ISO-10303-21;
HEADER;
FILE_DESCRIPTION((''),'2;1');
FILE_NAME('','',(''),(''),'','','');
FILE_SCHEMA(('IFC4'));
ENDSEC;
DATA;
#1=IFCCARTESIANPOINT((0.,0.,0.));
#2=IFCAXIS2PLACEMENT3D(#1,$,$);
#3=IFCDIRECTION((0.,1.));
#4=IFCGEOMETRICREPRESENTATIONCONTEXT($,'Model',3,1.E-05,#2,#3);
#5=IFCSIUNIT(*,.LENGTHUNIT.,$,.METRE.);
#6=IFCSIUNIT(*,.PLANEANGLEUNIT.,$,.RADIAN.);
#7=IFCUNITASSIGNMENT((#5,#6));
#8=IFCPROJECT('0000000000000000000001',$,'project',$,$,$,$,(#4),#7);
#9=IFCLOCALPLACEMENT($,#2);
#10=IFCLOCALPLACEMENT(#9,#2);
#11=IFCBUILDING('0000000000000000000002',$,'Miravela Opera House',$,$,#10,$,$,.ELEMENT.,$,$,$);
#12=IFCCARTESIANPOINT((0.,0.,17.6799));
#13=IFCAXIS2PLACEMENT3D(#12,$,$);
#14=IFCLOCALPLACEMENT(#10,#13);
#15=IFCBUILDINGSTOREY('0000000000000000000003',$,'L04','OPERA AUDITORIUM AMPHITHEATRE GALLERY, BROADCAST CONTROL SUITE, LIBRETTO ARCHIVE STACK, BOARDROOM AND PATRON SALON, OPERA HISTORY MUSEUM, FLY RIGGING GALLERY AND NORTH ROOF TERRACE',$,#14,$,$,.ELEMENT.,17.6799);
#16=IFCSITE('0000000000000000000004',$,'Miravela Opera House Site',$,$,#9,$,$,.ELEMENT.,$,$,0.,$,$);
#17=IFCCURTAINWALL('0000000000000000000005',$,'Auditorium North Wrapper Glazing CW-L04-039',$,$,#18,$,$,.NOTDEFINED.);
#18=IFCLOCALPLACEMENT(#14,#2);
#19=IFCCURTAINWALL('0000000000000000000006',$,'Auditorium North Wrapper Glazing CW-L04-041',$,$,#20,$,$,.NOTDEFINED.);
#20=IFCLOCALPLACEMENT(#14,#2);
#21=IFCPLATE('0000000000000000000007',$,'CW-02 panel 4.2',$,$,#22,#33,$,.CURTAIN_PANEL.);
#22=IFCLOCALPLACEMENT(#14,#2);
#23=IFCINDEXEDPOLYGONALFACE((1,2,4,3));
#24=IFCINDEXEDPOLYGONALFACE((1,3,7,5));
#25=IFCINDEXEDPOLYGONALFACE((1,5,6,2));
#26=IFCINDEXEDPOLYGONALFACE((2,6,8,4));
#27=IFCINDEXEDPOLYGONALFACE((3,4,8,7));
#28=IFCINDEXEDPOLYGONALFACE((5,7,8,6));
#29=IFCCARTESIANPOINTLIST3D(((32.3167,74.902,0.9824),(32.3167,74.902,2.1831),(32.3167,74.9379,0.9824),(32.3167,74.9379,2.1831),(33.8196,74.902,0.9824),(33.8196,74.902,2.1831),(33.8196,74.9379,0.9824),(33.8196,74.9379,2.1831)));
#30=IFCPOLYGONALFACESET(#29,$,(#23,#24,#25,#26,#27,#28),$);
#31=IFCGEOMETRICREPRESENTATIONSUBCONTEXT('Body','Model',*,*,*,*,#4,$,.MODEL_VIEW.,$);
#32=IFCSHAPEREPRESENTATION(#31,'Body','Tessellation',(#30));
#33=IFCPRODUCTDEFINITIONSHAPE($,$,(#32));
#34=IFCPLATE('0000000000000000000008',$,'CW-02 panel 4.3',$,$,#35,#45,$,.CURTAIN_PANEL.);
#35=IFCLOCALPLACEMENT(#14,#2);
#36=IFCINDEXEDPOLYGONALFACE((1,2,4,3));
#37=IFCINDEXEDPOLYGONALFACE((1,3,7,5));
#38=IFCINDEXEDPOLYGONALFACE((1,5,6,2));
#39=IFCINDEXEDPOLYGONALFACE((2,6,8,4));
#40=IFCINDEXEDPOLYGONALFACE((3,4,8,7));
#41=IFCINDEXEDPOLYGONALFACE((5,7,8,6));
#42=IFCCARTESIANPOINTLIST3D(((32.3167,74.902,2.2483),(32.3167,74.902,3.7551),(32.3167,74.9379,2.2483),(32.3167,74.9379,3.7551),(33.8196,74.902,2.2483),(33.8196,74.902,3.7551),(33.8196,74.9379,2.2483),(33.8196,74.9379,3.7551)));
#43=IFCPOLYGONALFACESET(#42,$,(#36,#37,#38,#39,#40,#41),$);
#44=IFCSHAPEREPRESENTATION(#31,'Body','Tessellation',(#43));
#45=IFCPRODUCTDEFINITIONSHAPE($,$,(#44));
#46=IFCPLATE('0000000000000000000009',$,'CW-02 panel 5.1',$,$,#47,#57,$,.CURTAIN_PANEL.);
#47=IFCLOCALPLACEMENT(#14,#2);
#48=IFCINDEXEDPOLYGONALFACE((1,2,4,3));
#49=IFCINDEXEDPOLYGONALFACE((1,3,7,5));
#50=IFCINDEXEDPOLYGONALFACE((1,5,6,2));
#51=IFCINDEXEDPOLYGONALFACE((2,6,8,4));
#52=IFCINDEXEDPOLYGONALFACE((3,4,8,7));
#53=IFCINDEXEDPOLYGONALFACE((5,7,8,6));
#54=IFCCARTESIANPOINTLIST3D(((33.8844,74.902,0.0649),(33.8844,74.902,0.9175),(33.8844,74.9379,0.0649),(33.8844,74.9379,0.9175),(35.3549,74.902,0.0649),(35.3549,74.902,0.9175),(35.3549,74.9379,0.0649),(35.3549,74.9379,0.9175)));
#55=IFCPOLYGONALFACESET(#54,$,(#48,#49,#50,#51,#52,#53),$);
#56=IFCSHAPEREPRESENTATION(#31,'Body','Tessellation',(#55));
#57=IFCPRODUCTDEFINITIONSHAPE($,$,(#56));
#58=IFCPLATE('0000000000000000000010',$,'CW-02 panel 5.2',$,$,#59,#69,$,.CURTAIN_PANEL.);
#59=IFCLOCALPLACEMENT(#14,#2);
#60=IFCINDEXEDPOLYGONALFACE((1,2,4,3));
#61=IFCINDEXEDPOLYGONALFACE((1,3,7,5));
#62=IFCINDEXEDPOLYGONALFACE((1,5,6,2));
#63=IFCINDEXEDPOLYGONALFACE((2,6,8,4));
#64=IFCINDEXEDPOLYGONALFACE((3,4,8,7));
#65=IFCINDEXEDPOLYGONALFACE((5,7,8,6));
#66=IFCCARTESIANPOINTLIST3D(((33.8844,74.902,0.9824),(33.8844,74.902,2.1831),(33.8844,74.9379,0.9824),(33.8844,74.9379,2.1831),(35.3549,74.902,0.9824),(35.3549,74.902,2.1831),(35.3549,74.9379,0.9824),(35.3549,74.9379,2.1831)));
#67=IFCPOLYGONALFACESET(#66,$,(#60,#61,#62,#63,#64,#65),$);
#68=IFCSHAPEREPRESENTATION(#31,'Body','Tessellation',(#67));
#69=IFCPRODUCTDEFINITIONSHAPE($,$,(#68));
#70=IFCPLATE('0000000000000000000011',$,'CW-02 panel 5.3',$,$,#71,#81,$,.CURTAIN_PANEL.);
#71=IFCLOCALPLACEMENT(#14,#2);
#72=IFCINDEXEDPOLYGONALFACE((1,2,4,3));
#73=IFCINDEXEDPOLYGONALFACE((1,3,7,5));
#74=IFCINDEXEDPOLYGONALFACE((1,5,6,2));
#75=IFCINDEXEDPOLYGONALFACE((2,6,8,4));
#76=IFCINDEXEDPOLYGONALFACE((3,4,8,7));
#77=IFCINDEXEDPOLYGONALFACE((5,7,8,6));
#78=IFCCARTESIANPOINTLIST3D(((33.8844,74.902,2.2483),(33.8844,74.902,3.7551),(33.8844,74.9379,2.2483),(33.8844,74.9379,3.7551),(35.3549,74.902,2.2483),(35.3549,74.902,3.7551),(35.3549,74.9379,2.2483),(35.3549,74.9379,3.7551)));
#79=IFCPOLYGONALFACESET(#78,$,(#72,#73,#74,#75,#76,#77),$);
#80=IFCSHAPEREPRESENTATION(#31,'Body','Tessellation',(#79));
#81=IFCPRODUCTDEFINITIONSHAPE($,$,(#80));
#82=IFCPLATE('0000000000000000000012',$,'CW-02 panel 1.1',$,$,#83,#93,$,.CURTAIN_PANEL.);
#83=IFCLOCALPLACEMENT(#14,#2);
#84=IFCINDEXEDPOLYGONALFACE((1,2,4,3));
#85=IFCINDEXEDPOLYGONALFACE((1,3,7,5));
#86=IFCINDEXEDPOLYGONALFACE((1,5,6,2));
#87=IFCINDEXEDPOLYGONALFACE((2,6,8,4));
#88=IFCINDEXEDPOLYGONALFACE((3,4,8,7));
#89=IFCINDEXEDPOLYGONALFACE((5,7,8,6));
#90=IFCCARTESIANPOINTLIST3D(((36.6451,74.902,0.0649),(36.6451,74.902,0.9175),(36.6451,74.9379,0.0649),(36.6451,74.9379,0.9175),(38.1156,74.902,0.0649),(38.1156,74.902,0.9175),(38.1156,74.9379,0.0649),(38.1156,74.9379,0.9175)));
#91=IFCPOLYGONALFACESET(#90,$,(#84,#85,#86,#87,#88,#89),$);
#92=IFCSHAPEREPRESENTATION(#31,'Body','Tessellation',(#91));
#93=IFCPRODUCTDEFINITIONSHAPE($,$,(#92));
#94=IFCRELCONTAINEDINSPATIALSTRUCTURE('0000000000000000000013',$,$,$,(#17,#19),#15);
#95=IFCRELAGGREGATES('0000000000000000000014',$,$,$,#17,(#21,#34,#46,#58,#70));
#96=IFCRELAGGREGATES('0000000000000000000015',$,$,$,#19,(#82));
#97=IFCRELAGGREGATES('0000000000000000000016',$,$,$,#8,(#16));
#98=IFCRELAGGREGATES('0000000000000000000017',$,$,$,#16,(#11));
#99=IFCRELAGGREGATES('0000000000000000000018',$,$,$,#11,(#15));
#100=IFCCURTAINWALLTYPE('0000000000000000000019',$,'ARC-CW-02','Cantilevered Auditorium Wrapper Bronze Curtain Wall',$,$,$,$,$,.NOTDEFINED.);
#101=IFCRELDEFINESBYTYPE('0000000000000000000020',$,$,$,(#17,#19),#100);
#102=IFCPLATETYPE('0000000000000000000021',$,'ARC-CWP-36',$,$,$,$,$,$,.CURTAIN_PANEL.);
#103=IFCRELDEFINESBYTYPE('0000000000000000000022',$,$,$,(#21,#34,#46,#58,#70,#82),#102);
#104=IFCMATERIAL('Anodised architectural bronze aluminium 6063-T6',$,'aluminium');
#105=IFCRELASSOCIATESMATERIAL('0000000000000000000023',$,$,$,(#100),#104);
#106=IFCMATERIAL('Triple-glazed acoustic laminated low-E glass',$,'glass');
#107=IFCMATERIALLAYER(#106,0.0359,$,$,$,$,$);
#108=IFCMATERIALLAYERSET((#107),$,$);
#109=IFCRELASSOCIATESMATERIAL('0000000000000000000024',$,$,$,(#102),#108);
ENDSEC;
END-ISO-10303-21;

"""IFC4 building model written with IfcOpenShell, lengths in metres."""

from ifc_helpers import new_model, si_unit, direction, frame, origin, origin_2d, place, context, subcontext, project, spatial, rectangle, extrude, material, layer, layer_set, type_object, element, aggregate, save


model = new_model("IFC4")

# Units and contexts
model_context = context("Model", 3, precision=1e-05, world=origin(), true_north=direction((0.0, 1.0)))
body_context = subcontext(model_context, "Body", "Model", "MODEL_VIEW")
ifc_project = project(units=[si_unit("LENGTHUNIT", "METRE"), si_unit("PLANEANGLEUNIT", "RADIAN")], contexts=[model_context])

# Site, building, storey
site_placement = place(None, origin())
site = spatial("IfcSite", under=ifc_project, at=site_placement, Name="Miravela Opera House Site", CompositionType="ELEMENT", RefElevation=0.0)
building_placement = place(site_placement, origin())
building = spatial("IfcBuilding", under=site, at=building_placement, Name="Miravela Opera House", CompositionType="ELEMENT")
storey_placement = place(building_placement, frame((0.0, 0.0, 17.6799)))
storey = spatial("IfcBuildingStorey", under=building, at=storey_placement, Name="L04", Description="OPERA AUDITORIUM AMPHITHEATRE GALLERY, BROADCAST CONTROL SUITE, LIBRETTO ARCHIVE STACK, BOARDROOM AND PATRON SALON, OPERA HISTORY MUSEUM, FLY RIGGING GALLERY AND NORTH ROOF TERRACE", CompositionType="ELEMENT", Elevation=17.6799)

# Curtain wall
ifc_material_1 = material(Name="Anodised architectural bronze aluminium 6063-T6", Category="aluminium")
curtain_wall_type = type_object("IfcCurtainWallType", Name="ARC-CW-02", Description="Cantilevered Auditorium Wrapper Bronze Curtain Wall", PredefinedType="NOTDEFINED", material=ifc_material_1)
curtain_wall_1_placement = place(storey_placement, origin())
curtain_wall_1 = element("IfcCurtainWall", 1, at=curtain_wall_1_placement, inside=storey, type_object=curtain_wall_type, Name="Auditorium North Wrapper Glazing CW-L04-039", PredefinedType="NOTDEFINED")

# Curtain wall
curtain_wall_2_placement = place(storey_placement, origin())
curtain_wall_2 = element("IfcCurtainWall", 2, at=curtain_wall_2_placement, inside=storey, type_object=curtain_wall_type, Name="Auditorium North Wrapper Glazing CW-L04-041", PredefinedType="NOTDEFINED")

# Plates
ifc_material_2 = material(Name="Triple-glazed acoustic laminated low-E glass", Category="glass")
ifc_layer = layer(ifc_material_2, 0.0359)
ifc_layer_set = layer_set([ifc_layer])
plate_type = type_object("IfcPlateType", Name="ARC-CWP-36", PredefinedType="CURTAIN_PANEL", material=ifc_layer_set)
plate_1_placement = place(storey_placement, frame((33.0681, 74.9199, 0.9824), z_axis=(0.0, 0.0, 1.0), x_axis=(1.0, 0.0, 0.0)))
plate_1 = element("IfcPlate", 3, at=plate_1_placement, type_object=plate_type, Name="CW-02 panel 4.2", PredefinedType="CURTAIN_PANEL", context=body_context, shape_type="SweptSolid", body=[
    extrude(rectangle(XDim=1.5029, YDim=0.0359, at=origin_2d()), origin(), (0.0, 0.0, 1.0), 1.2007),
])
plate_2_placement = place(storey_placement, frame((33.0681, 74.9199, 2.2483), z_axis=(0.0, 0.0, 1.0), x_axis=(1.0, 0.0, 0.0)))
plate_2 = element("IfcPlate", 4, at=plate_2_placement, type_object=plate_type, Name="CW-02 panel 4.3", PredefinedType="CURTAIN_PANEL", context=body_context, shape_type="SweptSolid", body=[
    extrude(rectangle(XDim=1.5029, YDim=0.0359, at=origin_2d()), origin(), (0.0, 0.0, 1.0), 1.5068),
])
plate_3_placement = place(storey_placement, frame((34.6196, 74.9199, 0.0649), z_axis=(0.0, 0.0, 1.0), x_axis=(1.0, 0.0, 0.0)))
plate_3 = element("IfcPlate", 5, at=plate_3_placement, type_object=plate_type, Name="CW-02 panel 5.1", PredefinedType="CURTAIN_PANEL", context=body_context, shape_type="SweptSolid", body=[
    extrude(rectangle(XDim=1.4705, YDim=0.0359, at=origin_2d()), origin(), (0.0, 0.0, 1.0), 0.8525),
])
plate_4_placement = place(storey_placement, frame((34.6196, 74.9199, 0.9824), z_axis=(0.0, 0.0, 1.0), x_axis=(1.0, 0.0, 0.0)))
plate_4 = element("IfcPlate", 6, at=plate_4_placement, type_object=plate_type, Name="CW-02 panel 5.2", PredefinedType="CURTAIN_PANEL", context=body_context, shape_type="SweptSolid", body=[
    extrude(rectangle(XDim=1.4705, YDim=0.0359, at=origin_2d()), origin(), (0.0, 0.0, 1.0), 1.2007),
])
plate_5_placement = place(storey_placement, frame((34.6196, 74.9199, 2.2483), z_axis=(0.0, 0.0, 1.0), x_axis=(1.0, 0.0, 0.0)))
plate_5 = element("IfcPlate", 7, at=plate_5_placement, type_object=plate_type, Name="CW-02 panel 5.3", PredefinedType="CURTAIN_PANEL", context=body_context, shape_type="SweptSolid", body=[
    extrude(rectangle(XDim=1.4705, YDim=0.0359, at=origin_2d()), origin(), (0.0, 0.0, 1.0), 1.5068),
])
aggregate(curtain_wall_1, [plate_1, plate_2, plate_3, plate_4, plate_5])
plate_6_placement = place(storey_placement, frame((37.3804, 74.9199, 0.0649), z_axis=(0.0, 0.0, 1.0), x_axis=(1.0, 0.0, 0.0)))
plate_6 = element("IfcPlate", 8, at=plate_6_placement, type_object=plate_type, Name="CW-02 panel 1.1", PredefinedType="CURTAIN_PANEL", context=body_context, shape_type="SweptSolid", body=[
    extrude(rectangle(XDim=1.4705, YDim=0.0359, at=origin_2d()), origin(), (0.0, 0.0, 1.0), 0.8525),
])
aggregate(curtain_wall_2, [plate_6])

save(model, "model.ifc")
